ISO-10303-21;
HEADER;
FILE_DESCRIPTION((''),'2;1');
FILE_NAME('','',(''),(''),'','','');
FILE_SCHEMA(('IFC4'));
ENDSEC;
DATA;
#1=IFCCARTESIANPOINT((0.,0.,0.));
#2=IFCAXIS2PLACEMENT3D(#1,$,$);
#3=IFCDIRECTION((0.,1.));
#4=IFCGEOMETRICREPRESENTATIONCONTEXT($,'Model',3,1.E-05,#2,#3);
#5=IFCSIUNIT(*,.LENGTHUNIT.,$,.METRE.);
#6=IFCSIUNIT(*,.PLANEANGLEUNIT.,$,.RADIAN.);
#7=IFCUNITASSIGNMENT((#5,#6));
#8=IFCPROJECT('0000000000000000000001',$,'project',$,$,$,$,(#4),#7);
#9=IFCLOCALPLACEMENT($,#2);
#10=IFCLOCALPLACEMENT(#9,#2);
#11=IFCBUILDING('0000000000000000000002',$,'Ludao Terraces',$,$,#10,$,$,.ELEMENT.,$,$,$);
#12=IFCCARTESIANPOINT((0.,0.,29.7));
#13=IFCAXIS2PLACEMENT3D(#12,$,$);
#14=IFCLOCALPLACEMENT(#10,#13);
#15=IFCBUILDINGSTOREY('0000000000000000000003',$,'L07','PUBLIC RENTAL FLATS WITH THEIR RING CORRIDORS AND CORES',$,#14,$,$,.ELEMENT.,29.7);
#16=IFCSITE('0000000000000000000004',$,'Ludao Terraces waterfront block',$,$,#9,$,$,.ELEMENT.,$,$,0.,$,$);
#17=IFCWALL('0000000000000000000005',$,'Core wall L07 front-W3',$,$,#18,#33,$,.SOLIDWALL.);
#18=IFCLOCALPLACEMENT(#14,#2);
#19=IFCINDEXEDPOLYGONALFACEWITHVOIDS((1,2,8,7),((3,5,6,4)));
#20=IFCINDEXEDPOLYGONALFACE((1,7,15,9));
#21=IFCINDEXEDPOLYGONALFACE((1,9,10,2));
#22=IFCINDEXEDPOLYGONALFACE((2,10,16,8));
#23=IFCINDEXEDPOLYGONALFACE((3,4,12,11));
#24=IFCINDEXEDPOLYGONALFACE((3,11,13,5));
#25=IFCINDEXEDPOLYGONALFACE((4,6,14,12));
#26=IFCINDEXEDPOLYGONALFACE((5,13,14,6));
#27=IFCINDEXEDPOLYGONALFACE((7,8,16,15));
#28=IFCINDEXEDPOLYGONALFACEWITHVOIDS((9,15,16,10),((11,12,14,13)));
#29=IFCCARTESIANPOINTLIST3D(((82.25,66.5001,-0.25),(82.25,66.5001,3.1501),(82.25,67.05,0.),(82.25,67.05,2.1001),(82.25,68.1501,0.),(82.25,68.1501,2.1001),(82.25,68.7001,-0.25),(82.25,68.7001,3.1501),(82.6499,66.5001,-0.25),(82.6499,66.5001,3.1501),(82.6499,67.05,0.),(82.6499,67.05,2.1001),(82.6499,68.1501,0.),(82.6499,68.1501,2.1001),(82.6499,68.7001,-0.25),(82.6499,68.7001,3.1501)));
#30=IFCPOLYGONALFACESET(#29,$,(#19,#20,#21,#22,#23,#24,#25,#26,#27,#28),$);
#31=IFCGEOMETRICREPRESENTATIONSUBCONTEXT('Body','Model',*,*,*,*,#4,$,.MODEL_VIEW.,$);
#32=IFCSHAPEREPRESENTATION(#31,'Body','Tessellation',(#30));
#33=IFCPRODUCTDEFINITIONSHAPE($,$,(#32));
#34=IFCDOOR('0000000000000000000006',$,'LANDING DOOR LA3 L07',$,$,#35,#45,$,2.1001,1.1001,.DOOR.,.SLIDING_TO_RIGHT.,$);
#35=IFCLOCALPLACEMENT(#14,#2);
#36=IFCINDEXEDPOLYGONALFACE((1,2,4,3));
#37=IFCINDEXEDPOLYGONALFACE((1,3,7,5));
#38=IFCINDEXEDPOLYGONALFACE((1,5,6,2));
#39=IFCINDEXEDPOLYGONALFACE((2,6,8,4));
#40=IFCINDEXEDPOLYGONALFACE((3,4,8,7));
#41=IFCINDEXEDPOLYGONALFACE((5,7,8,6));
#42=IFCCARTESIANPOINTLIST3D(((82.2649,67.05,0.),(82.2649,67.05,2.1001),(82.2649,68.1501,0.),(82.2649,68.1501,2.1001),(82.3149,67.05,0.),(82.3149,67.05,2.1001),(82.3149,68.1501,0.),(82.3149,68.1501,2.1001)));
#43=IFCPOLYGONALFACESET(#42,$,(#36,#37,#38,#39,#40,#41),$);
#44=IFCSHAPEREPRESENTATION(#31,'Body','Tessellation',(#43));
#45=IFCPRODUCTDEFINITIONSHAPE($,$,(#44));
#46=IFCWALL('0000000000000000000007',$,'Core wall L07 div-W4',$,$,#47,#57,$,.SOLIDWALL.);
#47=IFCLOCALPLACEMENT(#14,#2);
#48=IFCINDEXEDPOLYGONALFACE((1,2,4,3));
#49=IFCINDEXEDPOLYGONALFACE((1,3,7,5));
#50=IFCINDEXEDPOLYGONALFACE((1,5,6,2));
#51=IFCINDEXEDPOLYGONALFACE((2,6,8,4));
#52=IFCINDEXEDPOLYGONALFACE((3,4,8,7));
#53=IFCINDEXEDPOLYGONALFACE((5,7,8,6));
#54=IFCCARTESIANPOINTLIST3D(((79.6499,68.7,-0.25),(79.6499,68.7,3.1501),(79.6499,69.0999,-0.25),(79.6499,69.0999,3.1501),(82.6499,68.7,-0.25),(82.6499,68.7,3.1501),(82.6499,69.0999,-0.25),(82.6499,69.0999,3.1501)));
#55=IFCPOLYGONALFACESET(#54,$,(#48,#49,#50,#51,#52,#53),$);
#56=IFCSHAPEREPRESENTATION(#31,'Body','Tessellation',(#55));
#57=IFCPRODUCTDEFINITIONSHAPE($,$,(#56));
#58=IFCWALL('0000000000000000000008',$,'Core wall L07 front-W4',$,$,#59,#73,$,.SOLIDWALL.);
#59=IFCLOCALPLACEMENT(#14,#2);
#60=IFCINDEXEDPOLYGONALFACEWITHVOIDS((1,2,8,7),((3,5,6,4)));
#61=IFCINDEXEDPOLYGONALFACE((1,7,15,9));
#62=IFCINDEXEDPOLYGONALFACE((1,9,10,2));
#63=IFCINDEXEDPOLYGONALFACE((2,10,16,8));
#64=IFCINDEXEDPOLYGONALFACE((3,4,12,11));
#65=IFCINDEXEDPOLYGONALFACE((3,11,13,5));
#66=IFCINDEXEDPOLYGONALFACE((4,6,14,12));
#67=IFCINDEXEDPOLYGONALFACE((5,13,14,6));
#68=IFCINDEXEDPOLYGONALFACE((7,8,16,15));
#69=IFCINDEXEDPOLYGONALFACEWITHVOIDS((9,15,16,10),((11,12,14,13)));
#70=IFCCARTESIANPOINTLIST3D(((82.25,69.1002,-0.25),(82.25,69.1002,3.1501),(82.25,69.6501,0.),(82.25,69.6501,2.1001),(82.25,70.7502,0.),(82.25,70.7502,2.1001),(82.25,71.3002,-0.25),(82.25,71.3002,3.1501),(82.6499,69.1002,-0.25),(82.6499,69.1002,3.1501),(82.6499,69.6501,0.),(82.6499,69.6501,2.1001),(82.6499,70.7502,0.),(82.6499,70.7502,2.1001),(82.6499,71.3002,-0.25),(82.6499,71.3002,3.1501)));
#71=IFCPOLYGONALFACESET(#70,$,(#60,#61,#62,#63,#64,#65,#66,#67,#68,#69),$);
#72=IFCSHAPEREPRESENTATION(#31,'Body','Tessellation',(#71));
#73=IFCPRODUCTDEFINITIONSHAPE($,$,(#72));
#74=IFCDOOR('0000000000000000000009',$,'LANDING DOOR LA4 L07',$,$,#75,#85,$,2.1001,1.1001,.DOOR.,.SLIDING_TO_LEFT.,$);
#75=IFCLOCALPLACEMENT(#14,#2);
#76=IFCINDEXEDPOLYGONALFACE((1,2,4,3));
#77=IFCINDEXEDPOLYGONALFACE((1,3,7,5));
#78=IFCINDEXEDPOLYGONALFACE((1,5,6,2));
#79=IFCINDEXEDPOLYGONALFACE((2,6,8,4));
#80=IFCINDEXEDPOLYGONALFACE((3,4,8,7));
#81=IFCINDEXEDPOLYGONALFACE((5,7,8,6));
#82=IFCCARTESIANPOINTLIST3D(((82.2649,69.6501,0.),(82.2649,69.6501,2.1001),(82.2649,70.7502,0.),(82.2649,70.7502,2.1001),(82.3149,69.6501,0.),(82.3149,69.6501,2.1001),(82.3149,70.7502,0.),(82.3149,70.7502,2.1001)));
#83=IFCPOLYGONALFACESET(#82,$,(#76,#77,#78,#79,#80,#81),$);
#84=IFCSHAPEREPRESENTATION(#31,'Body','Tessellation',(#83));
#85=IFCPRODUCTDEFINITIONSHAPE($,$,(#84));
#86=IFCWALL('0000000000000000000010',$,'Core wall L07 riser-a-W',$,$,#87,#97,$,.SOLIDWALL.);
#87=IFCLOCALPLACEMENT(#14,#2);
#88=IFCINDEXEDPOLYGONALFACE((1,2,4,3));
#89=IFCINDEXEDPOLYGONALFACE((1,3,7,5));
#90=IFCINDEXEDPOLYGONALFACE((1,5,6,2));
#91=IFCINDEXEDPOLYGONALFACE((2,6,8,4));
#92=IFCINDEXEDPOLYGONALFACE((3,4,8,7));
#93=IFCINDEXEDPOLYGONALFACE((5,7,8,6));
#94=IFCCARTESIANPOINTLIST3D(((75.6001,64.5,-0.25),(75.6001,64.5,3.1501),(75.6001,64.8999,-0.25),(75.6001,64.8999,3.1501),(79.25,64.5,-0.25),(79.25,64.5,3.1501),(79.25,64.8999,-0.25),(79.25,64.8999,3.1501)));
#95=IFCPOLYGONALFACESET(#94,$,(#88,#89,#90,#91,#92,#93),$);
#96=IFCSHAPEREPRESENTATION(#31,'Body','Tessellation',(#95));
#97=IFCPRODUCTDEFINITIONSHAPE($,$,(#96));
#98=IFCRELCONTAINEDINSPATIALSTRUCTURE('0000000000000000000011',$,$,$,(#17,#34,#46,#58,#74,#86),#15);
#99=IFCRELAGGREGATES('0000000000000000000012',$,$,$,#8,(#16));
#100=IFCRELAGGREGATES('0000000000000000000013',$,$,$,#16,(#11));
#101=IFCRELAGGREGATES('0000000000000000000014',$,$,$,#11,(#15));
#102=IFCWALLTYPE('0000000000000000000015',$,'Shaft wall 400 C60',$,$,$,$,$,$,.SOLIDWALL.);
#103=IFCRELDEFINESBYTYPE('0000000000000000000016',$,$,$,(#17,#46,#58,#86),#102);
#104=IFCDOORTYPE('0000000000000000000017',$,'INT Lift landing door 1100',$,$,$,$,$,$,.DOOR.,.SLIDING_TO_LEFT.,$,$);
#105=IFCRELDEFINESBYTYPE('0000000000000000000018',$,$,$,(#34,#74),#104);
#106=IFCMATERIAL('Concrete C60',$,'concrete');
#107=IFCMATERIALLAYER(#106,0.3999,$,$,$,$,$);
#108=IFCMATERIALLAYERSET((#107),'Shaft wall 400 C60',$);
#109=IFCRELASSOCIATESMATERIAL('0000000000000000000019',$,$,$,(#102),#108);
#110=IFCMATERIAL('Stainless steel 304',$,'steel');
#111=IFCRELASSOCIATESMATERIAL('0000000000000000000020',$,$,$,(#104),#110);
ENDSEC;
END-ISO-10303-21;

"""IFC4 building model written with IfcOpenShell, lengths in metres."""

from ifc_helpers import new_model, si_unit, direction, frame, frame_2d, origin, place, context, subcontext, project, spatial, rectangle, extrude, material, layer, layer_set, type_object, element, fill, save


model = new_model("IFC4")

# Units and contexts
model_context = context("Model", 3, precision=1e-05, world=origin(), true_north=direction((0.0, 1.0)))
body_context = subcontext(model_context, "Body", "Model", "MODEL_VIEW")
ifc_project = project(units=[si_unit("LENGTHUNIT", "METRE"), si_unit("PLANEANGLEUNIT", "RADIAN")], contexts=[model_context])

# Site, building, storey
site_placement = place(None, origin())
site = spatial("IfcSite", under=ifc_project, at=site_placement, Name="Ludao Terraces waterfront block", CompositionType="ELEMENT", RefElevation=0.0)
building_placement = place(site_placement, origin())
building = spatial("IfcBuilding", under=site, at=building_placement, Name="Ludao Terraces", CompositionType="ELEMENT")
storey_placement = place(building_placement, frame((0.0, 0.0, 29.7)))
storey = spatial("IfcBuildingStorey", under=building, at=storey_placement, Name="L07", Description="PUBLIC RENTAL FLATS WITH THEIR RING CORRIDORS AND CORES", CompositionType="ELEMENT", Elevation=29.7)

# Shared definitions
ifc_material_1 = material(Name="Concrete C60", Category="concrete")
ifc_layer_1 = layer(ifc_material_1, 0.3999)
ifc_layer_set_1 = layer_set([ifc_layer_1], Name="Shaft wall 400 C60")
wall_type_1 = type_object("IfcWallType", Name="Shaft wall 400 C60", PredefinedType="SOLIDWALL", material=ifc_layer_set_1)
ifc_material_2 = material(Name="Stainless steel 304", Category="steel")
door_type_1 = type_object("IfcDoorType", Name="INT Lift landing door 1100", OperationType="SLIDING_TO_LEFT", PredefinedType="DOOR", material=ifc_material_2)

# Wall, opening, door
wall_1_placement = place(storey_placement, frame((82.45, 66.5, -0.25), z_axis=(0.0, 0.0, 1.0), x_axis=(0.0, 1.0, 0.0)))
wall_1 = element("IfcWall", 1, at=wall_1_placement, inside=storey, type_object=wall_type_1, Name="Core wall L07 front-W3", PredefinedType="SOLIDWALL", context=body_context, shape_type="SweptSolid", body=[
    extrude(rectangle(XDim=2.2, YDim=0.3999, at=frame_2d((1.1001, 0.0))), origin(), (0.0, 0.0, 1.0), 3.4001),
])
opening_1_placement = place(wall_1_placement, frame((0.55, 0.0, 0.25)))
opening_1 = element("IfcOpeningElement", 2, at=opening_1_placement, cuts=wall_1, PredefinedType="OPENING", context=body_context, shape_type="SweptSolid", body=[
    extrude(rectangle(XDim=1.1001, YDim=2.1001, at=frame_2d((0.55, 1.05))), frame((0.0, 0.21, 0.0), z_axis=(0.0, -1.0, 0.0), x_axis=(1.0, 0.0, 0.0)), (0.0, 0.0, 1.0), 0.4199),
])
door_1_placement = place(opening_1_placement, origin())
door_1 = element("IfcDoor", 3, at=door_1_placement, inside=storey, type_object=door_type_1, Name="LANDING DOOR LA3 L07", OperationType="SLIDING_TO_RIGHT", OverallHeight=2.1001, OverallWidth=1.1001, PredefinedType="DOOR", context=body_context, shape_type="SweptSolid", body=[
    extrude(rectangle(XDim=1.1001, YDim=2.1001, at=frame_2d((0.55, 1.05))), frame((0.0, 0.1851, 0.0), z_axis=(0.0, -1.0, 0.0), x_axis=(1.0, 0.0, 0.0)), (0.0, 0.0, 1.0), 0.05),
])
fill(opening_1, door_1)

# Wall
wall_2_placement = place(storey_placement, frame((79.6499, 68.8999, -0.25), z_axis=(0.0, 0.0, 1.0), x_axis=(1.0, 0.0, 0.0)))
element("IfcWall", 4, at=wall_2_placement, inside=storey, type_object=wall_type_1, Name="Core wall L07 div-W4", PredefinedType="SOLIDWALL", context=body_context, shape_type="SweptSolid", body=[
    extrude(rectangle(XDim=3.0, YDim=0.3999, at=frame_2d((1.5, 0.0))), origin(), (0.0, 0.0, 1.0), 3.4001),
])

# Wall, opening, door
wall_3_placement = place(storey_placement, frame((82.45, 69.1001, -0.25), z_axis=(0.0, 0.0, 1.0), x_axis=(0.0, 1.0, 0.0)))
wall_3 = element("IfcWall", 5, at=wall_3_placement, inside=storey, type_object=wall_type_1, Name="Core wall L07 front-W4", PredefinedType="SOLIDWALL", context=body_context, shape_type="SweptSolid", body=[
    extrude(rectangle(XDim=2.2, YDim=0.3999, at=frame_2d((1.1001, 0.0))), origin(), (0.0, 0.0, 1.0), 3.4001),
])
opening_2_placement = place(wall_3_placement, frame((0.55, 0.0, 0.25)))
opening_2 = element("IfcOpeningElement", 6, at=opening_2_placement, cuts=wall_3, PredefinedType="OPENING", context=body_context, shape_type="SweptSolid", body=[
    extrude(rectangle(XDim=1.1001, YDim=2.1001, at=frame_2d((0.55, 1.05))), frame((0.0, 0.21, 0.0), z_axis=(0.0, -1.0, 0.0), x_axis=(1.0, 0.0, 0.0)), (0.0, 0.0, 1.0), 0.4199),
])
door_2_placement = place(opening_2_placement, origin())
door_2 = element("IfcDoor", 7, at=door_2_placement, inside=storey, type_object=door_type_1, Name="LANDING DOOR LA4 L07", OperationType="SLIDING_TO_LEFT", OverallHeight=2.1001, OverallWidth=1.1001, PredefinedType="DOOR", context=body_context, shape_type="SweptSolid", body=[
    extrude(rectangle(XDim=1.1001, YDim=2.1001, at=frame_2d((0.55, 1.05))), frame((0.0, 0.1851, 0.0), z_axis=(0.0, -1.0, 0.0), x_axis=(1.0, 0.0, 0.0)), (0.0, 0.0, 1.0), 0.05),
])
fill(opening_2, door_2)

# Wall
wall_4_placement = place(storey_placement, frame((75.6001, 64.7, -0.25), z_axis=(0.0, 0.0, 1.0), x_axis=(1.0, 0.0, 0.0)))
element("IfcWall", 8, at=wall_4_placement, inside=storey, type_object=wall_type_1, Name="Core wall L07 riser-a-W", PredefinedType="SOLIDWALL", context=body_context, shape_type="SweptSolid", body=[
    extrude(rectangle(XDim=3.6499, YDim=0.3999, at=frame_2d((1.825, 0.0))), origin(), (0.0, 0.0, 1.0), 3.4001),
])

save(model, "model.ifc")
